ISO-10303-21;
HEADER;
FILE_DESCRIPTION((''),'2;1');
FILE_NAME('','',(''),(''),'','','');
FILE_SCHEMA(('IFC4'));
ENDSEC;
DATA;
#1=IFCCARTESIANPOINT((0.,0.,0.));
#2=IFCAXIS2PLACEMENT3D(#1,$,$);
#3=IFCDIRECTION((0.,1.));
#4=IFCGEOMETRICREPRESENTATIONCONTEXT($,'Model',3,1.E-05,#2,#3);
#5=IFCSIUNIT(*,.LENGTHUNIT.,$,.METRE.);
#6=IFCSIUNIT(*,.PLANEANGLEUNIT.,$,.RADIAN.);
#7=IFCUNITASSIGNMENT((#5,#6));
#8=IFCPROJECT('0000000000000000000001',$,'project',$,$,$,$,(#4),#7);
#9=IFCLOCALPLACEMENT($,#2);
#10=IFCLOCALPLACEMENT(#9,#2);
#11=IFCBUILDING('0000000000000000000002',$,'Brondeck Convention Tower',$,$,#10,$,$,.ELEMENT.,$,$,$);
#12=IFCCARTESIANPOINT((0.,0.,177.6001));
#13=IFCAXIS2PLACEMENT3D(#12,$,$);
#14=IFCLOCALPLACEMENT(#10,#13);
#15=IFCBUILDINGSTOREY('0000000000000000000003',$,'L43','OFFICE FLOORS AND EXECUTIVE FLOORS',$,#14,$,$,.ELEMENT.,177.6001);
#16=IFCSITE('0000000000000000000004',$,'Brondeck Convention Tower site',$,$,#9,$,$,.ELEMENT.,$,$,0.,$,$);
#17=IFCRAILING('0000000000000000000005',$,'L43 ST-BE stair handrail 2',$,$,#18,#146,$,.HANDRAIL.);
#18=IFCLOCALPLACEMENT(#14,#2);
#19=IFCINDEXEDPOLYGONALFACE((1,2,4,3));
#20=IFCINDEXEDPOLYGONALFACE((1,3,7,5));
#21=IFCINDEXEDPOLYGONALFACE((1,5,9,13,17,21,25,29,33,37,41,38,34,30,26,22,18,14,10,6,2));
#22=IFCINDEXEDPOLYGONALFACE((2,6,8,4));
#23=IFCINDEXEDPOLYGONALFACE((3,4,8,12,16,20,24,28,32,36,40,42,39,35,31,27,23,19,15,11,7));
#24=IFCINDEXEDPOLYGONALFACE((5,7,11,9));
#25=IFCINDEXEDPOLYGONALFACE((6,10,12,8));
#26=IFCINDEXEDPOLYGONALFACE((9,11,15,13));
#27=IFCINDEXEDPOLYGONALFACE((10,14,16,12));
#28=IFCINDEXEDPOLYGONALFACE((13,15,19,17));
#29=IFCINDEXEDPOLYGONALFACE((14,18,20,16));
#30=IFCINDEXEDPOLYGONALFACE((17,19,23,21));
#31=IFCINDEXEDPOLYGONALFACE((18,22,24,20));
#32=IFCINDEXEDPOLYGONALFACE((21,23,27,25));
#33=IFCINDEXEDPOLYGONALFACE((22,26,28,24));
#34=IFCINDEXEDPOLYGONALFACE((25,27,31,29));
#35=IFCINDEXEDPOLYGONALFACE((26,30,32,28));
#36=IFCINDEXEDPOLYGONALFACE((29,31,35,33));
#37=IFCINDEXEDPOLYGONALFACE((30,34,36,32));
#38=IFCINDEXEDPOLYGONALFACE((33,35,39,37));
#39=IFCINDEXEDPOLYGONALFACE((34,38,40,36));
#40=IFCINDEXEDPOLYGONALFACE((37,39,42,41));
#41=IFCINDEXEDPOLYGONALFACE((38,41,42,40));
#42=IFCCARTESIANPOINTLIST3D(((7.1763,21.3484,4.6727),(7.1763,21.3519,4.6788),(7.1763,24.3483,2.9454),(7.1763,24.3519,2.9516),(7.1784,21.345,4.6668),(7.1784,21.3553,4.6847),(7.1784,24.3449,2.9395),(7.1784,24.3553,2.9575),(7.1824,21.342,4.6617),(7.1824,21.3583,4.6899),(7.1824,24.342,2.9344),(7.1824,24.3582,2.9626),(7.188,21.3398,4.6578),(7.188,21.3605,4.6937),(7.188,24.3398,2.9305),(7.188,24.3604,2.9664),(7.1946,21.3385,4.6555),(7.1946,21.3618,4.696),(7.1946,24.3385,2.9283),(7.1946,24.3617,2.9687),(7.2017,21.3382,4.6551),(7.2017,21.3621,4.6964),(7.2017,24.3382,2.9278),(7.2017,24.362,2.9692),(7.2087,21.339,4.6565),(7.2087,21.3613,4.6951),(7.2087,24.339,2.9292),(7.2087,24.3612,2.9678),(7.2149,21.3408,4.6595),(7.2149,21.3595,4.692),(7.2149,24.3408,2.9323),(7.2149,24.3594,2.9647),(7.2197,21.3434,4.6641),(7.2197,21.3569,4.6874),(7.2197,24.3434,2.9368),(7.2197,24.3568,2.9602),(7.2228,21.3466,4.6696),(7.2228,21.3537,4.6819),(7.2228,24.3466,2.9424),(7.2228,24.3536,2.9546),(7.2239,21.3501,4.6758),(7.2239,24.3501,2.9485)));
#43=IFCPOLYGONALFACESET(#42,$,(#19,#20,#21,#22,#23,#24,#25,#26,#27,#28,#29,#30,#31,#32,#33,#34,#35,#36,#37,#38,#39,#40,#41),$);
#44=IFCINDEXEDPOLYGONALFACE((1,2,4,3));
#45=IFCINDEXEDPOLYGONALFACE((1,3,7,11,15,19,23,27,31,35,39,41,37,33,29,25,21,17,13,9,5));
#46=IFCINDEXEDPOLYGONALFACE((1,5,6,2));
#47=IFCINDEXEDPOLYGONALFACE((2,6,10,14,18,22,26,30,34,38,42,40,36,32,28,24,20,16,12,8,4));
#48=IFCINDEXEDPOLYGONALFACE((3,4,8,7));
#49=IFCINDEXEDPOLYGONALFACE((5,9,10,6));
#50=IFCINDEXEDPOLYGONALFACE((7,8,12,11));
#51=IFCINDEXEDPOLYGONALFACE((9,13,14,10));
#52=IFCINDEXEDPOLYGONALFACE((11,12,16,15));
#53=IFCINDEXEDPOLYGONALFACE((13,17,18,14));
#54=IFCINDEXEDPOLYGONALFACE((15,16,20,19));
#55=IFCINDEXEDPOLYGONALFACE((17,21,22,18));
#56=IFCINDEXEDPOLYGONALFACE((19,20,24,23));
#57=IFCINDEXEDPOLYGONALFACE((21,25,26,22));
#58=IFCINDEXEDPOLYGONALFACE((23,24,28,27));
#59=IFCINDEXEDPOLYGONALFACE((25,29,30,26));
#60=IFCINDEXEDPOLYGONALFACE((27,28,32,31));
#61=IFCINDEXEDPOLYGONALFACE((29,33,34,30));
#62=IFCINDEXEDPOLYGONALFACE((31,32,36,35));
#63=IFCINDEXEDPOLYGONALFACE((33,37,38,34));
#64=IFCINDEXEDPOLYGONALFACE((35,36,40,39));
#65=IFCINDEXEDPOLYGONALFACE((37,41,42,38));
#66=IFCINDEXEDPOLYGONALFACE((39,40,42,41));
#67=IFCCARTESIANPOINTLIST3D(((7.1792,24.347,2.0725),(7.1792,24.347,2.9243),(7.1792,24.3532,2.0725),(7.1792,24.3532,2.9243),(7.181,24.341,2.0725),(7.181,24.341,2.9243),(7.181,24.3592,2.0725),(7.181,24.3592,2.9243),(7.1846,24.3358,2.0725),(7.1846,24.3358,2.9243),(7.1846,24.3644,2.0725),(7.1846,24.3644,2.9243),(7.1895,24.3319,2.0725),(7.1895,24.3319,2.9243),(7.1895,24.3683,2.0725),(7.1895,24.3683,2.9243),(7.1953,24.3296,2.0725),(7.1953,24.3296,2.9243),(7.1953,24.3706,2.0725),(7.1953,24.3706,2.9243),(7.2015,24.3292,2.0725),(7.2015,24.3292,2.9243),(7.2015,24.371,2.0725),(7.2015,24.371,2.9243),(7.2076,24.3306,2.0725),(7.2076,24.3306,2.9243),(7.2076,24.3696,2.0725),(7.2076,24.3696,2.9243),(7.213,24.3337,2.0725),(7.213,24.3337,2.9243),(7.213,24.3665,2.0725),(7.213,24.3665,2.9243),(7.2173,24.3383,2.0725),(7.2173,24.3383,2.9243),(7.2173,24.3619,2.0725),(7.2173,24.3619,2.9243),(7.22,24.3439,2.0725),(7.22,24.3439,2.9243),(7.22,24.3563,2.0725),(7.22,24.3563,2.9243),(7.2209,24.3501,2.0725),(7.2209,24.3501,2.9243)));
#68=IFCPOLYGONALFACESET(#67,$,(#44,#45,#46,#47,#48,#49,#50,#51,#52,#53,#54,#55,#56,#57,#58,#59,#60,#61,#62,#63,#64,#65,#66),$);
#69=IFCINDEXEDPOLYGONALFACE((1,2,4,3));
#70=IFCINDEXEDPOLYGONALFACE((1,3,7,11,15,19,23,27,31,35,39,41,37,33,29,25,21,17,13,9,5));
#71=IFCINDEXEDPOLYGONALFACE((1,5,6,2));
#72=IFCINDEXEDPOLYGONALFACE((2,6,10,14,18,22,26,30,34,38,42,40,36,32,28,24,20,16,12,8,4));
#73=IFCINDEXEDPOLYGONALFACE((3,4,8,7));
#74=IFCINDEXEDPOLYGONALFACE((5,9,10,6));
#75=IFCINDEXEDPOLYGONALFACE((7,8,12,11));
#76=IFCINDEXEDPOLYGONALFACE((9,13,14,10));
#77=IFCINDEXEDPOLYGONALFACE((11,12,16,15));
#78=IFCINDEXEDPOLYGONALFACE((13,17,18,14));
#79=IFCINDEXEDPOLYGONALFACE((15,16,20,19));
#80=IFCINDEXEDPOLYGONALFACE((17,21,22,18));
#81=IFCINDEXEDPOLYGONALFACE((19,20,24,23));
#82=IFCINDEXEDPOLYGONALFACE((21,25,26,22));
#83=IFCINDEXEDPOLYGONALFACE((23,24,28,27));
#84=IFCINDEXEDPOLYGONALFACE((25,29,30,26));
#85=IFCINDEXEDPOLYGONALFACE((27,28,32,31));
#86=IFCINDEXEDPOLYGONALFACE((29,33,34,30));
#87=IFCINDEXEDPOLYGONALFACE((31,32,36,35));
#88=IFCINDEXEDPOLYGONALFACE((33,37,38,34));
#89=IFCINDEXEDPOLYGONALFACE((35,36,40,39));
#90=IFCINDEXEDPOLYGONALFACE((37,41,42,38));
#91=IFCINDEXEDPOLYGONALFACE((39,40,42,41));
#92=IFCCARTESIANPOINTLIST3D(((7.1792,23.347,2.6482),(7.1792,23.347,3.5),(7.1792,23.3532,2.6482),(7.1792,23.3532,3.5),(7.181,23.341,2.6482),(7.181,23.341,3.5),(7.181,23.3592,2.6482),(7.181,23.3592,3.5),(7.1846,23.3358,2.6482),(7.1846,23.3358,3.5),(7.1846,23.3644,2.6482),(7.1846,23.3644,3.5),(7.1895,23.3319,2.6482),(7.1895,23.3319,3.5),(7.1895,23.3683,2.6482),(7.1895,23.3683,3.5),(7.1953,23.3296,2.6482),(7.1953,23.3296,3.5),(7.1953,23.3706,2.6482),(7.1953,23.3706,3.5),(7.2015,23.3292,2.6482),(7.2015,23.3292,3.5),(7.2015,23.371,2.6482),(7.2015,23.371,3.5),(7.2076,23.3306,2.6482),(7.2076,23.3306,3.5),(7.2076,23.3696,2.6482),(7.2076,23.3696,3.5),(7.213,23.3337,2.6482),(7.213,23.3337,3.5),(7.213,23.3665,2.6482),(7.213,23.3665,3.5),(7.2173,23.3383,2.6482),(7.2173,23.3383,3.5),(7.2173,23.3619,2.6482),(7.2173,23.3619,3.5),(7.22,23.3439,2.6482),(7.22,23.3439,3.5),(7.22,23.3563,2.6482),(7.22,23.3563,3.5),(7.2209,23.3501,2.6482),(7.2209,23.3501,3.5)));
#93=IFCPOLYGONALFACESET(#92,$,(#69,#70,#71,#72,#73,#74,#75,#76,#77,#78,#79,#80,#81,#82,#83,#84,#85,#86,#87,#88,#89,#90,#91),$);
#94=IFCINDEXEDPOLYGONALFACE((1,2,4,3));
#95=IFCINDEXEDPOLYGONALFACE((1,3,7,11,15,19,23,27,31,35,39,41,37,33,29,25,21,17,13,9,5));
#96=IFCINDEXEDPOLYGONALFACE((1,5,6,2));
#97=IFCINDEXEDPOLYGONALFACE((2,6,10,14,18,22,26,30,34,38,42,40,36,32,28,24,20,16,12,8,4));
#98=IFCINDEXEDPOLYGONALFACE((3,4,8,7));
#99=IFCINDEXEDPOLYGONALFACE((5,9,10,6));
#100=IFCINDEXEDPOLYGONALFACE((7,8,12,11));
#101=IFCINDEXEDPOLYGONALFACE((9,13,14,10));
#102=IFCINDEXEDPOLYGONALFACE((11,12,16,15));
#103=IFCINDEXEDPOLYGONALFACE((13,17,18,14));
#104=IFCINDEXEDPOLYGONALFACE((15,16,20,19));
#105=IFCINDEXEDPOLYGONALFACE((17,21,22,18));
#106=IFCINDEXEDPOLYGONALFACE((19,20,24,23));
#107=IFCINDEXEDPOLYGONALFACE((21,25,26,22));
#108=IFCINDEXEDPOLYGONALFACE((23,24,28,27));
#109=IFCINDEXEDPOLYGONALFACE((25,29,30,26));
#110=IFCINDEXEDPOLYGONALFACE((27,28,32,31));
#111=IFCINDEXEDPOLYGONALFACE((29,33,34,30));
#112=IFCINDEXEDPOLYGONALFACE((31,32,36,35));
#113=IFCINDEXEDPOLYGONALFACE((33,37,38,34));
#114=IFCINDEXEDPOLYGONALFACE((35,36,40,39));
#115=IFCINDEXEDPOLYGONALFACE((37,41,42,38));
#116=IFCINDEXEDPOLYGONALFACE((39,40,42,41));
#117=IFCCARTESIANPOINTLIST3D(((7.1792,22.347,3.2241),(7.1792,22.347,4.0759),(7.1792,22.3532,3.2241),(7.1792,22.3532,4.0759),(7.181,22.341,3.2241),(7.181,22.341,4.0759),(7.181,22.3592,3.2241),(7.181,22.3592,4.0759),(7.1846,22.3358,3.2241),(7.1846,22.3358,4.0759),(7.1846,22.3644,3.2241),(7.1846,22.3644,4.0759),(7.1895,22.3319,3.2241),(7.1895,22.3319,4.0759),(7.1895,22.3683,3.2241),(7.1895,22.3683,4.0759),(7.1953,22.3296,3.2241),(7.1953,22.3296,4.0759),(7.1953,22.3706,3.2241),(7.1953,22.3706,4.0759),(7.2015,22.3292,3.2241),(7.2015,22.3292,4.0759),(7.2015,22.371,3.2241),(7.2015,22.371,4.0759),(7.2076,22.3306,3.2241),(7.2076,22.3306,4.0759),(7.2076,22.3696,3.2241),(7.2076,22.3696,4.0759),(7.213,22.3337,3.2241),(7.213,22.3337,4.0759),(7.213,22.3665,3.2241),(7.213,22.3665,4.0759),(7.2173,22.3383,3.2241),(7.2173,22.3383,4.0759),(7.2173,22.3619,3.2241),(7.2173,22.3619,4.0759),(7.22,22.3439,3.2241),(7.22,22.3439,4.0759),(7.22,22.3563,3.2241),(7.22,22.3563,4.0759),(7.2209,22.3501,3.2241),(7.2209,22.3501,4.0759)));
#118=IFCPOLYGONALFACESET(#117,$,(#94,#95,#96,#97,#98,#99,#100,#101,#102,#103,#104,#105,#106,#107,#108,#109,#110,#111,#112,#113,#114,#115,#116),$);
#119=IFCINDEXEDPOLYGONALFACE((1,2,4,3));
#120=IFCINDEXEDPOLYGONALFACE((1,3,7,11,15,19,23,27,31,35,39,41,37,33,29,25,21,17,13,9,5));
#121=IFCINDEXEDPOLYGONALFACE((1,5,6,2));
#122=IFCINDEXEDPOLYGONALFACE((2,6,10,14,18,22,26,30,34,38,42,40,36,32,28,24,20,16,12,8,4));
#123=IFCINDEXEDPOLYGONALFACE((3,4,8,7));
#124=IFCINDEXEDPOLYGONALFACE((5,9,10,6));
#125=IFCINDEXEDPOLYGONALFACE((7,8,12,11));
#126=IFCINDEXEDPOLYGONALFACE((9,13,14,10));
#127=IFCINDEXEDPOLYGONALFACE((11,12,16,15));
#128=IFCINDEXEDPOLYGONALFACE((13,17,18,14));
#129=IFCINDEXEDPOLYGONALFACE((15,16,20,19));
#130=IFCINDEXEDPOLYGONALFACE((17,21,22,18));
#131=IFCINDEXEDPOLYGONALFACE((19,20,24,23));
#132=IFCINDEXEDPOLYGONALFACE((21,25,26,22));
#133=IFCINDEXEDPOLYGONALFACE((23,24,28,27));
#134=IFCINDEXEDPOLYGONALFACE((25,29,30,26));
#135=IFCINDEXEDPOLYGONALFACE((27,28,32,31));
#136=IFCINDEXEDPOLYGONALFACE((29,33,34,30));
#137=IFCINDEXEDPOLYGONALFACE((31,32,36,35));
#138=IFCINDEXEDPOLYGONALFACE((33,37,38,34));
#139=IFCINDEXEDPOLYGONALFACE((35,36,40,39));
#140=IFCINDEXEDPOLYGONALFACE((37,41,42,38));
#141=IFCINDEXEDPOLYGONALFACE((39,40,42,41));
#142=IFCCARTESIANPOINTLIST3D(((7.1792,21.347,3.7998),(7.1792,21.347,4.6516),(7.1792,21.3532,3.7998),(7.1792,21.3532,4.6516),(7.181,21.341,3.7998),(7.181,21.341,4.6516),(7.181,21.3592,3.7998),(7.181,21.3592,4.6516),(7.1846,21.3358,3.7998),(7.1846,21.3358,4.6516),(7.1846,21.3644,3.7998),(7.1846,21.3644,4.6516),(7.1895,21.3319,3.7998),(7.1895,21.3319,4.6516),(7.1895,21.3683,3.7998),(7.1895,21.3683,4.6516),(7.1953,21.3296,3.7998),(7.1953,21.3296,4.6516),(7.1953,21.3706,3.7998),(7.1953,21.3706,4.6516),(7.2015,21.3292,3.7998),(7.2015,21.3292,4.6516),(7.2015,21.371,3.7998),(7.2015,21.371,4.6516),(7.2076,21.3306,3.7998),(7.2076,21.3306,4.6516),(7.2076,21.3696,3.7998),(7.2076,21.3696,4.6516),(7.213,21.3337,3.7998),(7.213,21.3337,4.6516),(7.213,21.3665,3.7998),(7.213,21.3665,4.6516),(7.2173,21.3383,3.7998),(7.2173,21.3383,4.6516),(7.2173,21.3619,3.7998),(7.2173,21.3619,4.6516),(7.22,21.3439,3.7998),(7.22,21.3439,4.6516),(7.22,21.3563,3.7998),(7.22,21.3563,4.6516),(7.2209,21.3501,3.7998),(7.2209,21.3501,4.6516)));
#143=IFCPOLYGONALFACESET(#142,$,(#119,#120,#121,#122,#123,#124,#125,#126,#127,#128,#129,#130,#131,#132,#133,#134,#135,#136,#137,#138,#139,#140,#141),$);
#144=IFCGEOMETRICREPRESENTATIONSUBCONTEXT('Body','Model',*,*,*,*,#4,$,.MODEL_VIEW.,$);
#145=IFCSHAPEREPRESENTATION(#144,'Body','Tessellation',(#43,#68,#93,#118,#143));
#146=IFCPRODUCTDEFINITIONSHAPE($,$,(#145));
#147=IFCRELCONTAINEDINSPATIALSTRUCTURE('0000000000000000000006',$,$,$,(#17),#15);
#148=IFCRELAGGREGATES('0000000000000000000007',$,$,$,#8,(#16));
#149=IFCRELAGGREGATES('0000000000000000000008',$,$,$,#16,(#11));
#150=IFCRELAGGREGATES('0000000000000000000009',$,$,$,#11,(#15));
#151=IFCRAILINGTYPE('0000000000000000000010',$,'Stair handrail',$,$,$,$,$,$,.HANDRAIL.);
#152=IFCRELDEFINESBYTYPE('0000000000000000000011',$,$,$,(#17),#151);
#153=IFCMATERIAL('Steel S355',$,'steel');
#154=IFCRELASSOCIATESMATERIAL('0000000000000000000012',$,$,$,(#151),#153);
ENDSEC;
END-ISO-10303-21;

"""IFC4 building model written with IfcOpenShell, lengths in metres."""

from ifc_helpers import new_model, si_unit, direction, frame, origin, origin_2d, place, context, subcontext, project, spatial, circle, extrude, material, type_object, element, save


model = new_model("IFC4")

# Units and contexts
model_context = context("Model", 3, precision=1e-05, world=origin(), true_north=direction((0.0, 1.0)))
body_context = subcontext(model_context, "Body", "Model", "MODEL_VIEW")
ifc_project = project(units=[si_unit("LENGTHUNIT", "METRE"), si_unit("PLANEANGLEUNIT", "RADIAN")], contexts=[model_context])

# Site, building, storey
site_placement = place(None, origin())
site = spatial("IfcSite", under=ifc_project, at=site_placement, Name="Brondeck Convention Tower site", CompositionType="ELEMENT", RefElevation=0.0)
building_placement = place(site_placement, origin())
building = spatial("IfcBuilding", under=site, at=building_placement, Name="Brondeck Convention Tower", CompositionType="ELEMENT")
storey_placement = place(building_placement, frame((0.0, 0.0, 177.6001)))
storey = spatial("IfcBuildingStorey", under=building, at=storey_placement, Name="L43", Description="OFFICE FLOORS AND EXECUTIVE FLOORS", CompositionType="ELEMENT", Elevation=177.6001)

# Shared definitions
ifc_material_1 = material(Name="Steel S355", Category="steel")

# Railing
railing_type_1 = type_object("IfcRailingType", Name="Stair handrail", PredefinedType="HANDRAIL", material=ifc_material_1)
railing_1_placement = place(storey_placement, frame((7.2, 24.3501, 2.0725)))
element("IfcRailing", 1, at=railing_1_placement, inside=storey, type_object=railing_type_1, Name="L43 ST-BE stair handrail 2", PredefinedType="HANDRAIL", context=body_context, shape_type="SweptSolid", body=[
    extrude(circle(Radius=0.0239, at=origin_2d()), frame((0.0, 0.0, 0.876), z_axis=(0.0, -0.86662, 0.498969), x_axis=(1.0, 0.0, 0.0)), (0.0, 0.0, 1.0), 3.4617),
    extrude(circle(Radius=0.021, at=origin_2d()), origin(), (0.0, 0.0, 1.0), 0.8518),
    extrude(circle(Radius=0.021, at=origin_2d()), frame((0.0, -1.0, 0.5757)), (0.0, 0.0, 1.0), 0.8518),
    extrude(circle(Radius=0.021, at=origin_2d()), frame((0.0, -2.0, 1.1516)), (0.0, 0.0, 1.0), 0.8518),
    extrude(circle(Radius=0.021, at=origin_2d()), frame((0.0, -3.0, 1.7273)), (0.0, 0.0, 1.0), 0.8518),
])

save(model, "model.ifc")
